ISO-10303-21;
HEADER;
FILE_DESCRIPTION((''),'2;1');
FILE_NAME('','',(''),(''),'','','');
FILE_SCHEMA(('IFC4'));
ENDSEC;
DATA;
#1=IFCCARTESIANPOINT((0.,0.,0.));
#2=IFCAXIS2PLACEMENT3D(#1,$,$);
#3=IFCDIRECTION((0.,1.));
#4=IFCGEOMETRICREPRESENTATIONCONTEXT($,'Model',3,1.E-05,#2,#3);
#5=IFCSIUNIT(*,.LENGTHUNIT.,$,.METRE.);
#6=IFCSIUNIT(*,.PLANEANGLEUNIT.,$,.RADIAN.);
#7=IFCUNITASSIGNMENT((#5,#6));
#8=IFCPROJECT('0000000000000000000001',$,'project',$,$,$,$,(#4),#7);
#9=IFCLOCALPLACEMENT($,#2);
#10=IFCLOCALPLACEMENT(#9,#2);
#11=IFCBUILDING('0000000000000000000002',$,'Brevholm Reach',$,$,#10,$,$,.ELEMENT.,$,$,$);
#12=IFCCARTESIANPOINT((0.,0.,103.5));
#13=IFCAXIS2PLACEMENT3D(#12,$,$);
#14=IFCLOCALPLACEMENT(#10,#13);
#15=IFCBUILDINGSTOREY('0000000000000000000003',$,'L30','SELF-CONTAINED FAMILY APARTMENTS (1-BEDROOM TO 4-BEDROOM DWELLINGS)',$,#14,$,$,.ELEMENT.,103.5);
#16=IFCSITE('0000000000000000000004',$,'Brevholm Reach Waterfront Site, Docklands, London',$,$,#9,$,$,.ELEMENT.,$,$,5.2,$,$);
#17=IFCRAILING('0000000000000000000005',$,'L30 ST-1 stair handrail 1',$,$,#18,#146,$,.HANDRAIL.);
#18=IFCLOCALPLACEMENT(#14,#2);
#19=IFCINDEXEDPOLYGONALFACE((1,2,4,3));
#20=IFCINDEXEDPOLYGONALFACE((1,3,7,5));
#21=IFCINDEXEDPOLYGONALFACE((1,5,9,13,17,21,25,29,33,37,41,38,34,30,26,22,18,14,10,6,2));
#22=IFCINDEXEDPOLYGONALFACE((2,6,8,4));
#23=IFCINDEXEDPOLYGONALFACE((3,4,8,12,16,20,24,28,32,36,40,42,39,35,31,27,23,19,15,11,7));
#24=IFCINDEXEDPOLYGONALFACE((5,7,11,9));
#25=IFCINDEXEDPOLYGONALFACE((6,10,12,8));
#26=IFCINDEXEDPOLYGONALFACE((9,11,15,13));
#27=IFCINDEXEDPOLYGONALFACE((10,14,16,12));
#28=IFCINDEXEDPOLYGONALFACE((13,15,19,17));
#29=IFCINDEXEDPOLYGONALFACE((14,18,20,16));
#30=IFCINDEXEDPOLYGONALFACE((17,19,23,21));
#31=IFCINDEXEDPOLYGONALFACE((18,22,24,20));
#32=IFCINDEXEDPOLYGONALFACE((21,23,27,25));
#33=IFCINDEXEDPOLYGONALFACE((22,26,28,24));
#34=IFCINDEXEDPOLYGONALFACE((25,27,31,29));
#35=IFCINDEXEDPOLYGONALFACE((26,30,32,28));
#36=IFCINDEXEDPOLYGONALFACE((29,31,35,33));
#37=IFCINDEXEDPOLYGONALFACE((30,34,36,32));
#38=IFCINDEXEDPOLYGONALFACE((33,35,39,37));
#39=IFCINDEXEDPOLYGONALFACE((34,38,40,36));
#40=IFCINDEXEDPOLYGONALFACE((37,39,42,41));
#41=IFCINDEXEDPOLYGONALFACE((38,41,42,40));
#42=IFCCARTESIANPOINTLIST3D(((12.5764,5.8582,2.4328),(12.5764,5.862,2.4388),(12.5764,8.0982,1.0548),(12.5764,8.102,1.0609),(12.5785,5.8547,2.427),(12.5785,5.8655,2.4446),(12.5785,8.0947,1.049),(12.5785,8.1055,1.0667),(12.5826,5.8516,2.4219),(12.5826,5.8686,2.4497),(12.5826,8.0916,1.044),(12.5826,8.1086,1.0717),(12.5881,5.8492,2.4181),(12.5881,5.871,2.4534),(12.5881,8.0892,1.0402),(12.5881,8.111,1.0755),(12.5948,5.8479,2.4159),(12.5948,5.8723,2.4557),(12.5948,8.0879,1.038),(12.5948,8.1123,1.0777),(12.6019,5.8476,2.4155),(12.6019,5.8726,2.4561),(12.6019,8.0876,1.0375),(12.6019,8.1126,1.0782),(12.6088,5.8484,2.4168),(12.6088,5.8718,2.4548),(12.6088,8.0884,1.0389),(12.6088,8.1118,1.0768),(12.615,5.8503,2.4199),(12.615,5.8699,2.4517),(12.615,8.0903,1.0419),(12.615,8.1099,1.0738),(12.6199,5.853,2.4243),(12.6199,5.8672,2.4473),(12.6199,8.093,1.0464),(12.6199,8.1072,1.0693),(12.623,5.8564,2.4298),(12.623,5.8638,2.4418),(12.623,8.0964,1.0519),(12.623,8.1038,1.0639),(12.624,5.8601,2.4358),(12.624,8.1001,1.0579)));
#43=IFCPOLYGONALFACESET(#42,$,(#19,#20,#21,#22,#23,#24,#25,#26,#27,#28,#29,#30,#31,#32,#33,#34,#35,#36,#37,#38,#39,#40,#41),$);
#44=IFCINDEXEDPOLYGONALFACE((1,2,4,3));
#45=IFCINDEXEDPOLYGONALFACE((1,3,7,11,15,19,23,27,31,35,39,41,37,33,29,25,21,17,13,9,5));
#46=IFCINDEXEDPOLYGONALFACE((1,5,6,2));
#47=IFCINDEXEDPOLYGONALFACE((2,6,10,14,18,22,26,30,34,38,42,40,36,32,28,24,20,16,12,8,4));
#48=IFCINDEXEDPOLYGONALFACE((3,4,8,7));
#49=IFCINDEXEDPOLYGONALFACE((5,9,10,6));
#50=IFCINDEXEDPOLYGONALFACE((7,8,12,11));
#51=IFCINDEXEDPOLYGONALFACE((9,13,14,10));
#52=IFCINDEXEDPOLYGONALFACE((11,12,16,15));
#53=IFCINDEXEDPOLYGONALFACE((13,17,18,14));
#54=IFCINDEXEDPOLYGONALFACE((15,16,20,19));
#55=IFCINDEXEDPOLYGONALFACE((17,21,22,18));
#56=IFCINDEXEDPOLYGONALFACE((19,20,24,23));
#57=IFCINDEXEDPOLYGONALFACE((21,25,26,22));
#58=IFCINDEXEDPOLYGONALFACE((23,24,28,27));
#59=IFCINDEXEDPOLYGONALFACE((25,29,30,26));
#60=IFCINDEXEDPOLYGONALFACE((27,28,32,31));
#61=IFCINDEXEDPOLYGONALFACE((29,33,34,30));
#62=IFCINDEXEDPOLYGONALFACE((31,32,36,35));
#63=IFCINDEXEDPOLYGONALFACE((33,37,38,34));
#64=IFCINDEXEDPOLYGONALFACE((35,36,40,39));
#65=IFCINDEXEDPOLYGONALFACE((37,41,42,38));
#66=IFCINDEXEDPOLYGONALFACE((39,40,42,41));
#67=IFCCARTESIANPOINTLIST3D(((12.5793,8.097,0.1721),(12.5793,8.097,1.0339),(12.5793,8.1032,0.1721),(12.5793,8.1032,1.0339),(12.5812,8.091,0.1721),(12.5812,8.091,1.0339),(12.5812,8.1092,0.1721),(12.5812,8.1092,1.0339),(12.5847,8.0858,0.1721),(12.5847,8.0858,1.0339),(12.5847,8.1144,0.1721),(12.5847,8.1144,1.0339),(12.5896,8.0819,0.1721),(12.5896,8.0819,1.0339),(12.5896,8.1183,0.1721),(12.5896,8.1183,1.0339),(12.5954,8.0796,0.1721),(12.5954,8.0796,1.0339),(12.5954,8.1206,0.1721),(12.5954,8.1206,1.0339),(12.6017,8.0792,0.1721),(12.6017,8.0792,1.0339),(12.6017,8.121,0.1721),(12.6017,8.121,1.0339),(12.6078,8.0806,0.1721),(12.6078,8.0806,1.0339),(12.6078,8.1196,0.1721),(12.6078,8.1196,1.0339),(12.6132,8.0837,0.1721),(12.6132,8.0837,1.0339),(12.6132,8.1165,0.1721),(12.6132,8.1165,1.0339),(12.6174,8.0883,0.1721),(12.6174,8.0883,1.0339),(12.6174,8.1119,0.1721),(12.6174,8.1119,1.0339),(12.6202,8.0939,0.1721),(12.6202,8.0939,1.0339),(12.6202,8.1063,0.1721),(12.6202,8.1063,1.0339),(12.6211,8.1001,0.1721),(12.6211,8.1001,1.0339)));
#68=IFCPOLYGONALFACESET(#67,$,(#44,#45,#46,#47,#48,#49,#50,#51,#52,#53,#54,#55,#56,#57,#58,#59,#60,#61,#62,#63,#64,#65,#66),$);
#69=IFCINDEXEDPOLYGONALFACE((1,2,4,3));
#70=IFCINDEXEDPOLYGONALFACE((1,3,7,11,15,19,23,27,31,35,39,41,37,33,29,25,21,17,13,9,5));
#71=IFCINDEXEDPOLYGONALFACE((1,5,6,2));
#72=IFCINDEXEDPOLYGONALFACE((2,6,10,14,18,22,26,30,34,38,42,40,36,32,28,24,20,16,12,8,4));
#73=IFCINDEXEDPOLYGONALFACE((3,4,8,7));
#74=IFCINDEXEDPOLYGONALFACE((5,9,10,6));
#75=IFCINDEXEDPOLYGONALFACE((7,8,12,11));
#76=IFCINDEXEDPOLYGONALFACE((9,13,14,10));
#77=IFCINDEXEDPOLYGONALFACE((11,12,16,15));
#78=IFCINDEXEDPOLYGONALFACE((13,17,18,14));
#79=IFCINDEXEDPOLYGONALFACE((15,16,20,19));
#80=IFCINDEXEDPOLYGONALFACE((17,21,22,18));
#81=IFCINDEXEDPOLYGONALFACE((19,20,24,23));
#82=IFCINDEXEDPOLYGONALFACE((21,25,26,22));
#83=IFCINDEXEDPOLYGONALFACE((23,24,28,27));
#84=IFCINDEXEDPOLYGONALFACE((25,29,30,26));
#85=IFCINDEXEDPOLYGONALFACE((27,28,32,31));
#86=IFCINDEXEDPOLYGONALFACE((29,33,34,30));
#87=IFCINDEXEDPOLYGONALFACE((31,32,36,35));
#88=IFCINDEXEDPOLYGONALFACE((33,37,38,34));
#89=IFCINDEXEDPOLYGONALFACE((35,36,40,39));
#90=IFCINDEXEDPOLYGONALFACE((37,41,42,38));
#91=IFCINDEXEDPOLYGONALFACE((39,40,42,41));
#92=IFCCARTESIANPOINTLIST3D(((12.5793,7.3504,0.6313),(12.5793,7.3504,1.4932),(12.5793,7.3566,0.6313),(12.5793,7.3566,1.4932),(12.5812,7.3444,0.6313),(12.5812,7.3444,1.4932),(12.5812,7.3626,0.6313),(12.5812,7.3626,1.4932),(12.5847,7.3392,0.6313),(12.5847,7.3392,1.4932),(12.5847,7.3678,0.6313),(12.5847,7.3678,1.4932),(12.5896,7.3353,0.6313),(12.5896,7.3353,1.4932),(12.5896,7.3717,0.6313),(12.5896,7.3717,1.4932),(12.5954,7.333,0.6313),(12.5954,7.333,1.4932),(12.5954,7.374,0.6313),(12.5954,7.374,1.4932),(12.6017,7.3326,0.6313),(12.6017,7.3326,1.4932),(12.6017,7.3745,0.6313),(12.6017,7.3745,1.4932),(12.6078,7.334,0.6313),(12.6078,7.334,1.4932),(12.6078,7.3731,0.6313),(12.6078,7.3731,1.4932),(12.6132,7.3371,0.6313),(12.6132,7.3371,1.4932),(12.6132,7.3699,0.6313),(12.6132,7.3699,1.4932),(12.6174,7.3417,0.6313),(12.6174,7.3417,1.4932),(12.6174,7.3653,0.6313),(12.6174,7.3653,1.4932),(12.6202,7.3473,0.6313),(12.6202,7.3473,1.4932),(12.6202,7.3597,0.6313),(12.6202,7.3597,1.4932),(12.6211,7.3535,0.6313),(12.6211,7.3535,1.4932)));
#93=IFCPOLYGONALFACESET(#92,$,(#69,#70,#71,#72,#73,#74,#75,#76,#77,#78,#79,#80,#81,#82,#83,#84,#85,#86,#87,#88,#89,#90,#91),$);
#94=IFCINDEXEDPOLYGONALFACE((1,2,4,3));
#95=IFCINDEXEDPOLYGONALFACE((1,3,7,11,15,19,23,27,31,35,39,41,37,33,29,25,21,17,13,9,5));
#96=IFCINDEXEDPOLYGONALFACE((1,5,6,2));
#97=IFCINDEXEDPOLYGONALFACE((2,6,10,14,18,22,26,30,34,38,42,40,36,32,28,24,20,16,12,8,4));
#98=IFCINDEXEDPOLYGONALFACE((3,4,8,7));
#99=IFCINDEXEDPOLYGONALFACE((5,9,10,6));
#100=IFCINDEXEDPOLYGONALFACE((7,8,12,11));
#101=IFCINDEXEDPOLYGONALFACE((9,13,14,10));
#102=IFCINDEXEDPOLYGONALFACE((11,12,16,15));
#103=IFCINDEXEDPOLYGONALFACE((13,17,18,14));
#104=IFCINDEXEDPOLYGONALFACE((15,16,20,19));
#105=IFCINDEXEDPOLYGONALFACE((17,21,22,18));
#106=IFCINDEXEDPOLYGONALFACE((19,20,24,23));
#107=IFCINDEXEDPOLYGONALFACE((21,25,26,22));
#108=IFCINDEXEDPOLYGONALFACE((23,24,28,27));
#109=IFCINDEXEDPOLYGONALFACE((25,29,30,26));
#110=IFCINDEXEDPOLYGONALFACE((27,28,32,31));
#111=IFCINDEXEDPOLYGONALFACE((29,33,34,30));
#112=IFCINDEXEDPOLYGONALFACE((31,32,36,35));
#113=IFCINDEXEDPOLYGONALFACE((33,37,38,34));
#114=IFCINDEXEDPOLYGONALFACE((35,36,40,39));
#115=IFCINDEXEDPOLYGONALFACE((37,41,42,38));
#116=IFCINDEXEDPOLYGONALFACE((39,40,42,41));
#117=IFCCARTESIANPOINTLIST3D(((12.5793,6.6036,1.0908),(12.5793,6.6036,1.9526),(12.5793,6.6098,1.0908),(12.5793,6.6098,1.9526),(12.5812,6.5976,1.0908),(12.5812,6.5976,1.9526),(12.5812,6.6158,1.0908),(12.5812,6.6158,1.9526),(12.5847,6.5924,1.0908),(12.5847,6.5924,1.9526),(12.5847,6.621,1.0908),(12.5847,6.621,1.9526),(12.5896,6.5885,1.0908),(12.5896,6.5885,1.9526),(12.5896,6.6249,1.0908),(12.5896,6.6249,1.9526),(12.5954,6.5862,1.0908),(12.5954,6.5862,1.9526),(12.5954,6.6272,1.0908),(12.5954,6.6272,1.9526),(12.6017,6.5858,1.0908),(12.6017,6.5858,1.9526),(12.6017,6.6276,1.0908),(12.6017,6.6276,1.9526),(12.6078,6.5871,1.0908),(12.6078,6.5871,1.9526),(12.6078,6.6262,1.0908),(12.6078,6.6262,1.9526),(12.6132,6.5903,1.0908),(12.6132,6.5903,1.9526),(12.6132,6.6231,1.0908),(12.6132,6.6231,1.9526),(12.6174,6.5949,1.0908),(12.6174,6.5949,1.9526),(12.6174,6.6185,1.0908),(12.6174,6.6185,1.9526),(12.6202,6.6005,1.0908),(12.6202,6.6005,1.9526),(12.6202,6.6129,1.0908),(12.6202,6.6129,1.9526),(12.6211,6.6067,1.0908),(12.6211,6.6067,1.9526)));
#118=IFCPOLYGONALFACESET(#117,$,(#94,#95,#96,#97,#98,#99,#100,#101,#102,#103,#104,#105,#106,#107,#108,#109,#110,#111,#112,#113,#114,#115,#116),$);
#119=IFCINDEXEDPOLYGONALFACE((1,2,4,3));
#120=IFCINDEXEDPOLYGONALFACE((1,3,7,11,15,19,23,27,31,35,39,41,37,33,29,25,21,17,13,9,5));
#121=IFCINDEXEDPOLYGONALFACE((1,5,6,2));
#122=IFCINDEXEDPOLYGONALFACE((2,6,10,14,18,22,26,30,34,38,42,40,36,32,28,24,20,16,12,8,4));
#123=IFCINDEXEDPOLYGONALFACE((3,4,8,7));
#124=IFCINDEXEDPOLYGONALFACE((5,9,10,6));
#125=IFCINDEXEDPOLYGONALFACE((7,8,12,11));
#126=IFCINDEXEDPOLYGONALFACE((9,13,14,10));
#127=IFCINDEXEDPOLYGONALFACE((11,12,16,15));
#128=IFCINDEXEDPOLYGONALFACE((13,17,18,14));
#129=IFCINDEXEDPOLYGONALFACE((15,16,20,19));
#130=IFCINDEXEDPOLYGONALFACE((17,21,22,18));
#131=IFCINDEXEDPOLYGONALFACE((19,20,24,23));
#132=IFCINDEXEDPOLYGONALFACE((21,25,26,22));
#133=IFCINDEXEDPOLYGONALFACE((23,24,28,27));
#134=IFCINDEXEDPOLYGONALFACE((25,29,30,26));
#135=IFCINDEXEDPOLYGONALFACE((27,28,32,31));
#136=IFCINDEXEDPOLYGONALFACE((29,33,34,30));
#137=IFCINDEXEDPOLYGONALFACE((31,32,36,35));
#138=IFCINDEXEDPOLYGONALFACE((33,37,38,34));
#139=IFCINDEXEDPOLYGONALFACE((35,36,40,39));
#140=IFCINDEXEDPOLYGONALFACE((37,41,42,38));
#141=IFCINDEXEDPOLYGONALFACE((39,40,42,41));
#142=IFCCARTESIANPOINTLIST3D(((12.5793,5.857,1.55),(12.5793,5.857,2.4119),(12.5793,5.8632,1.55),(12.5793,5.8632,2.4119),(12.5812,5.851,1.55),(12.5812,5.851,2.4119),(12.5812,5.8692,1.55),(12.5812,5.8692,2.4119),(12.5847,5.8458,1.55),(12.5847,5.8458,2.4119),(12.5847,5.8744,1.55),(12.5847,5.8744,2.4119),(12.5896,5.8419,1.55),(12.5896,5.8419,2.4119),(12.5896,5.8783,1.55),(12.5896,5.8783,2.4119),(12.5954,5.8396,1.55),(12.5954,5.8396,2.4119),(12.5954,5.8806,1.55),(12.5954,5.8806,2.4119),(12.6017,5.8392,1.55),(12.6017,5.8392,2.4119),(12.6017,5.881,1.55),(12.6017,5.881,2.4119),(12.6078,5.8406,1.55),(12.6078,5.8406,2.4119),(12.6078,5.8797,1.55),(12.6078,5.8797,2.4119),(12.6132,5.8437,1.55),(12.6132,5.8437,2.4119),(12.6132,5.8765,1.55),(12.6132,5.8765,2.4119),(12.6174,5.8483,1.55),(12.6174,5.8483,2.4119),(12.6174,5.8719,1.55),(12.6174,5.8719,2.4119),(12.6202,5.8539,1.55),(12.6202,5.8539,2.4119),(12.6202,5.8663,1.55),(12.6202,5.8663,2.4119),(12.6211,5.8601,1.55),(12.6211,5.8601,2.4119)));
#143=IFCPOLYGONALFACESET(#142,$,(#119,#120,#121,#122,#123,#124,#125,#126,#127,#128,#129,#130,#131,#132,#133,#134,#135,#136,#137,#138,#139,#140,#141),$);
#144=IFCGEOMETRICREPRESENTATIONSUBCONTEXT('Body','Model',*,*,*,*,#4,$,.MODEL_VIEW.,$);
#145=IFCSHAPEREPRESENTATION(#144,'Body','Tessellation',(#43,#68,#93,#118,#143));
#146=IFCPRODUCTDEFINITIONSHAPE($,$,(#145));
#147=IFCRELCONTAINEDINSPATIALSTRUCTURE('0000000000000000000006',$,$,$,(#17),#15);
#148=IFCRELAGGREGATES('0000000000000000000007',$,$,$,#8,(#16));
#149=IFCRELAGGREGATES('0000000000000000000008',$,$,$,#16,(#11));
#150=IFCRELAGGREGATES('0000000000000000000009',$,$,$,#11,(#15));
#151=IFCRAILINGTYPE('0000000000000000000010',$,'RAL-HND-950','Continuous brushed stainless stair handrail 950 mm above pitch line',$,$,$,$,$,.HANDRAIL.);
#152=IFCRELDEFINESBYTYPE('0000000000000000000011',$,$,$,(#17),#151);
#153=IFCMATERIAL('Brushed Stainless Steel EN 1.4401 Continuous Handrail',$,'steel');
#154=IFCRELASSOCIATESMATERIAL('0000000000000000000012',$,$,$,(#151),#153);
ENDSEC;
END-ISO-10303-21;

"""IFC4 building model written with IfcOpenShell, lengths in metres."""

from ifc_helpers import new_model, si_unit, direction, frame, origin, origin_2d, place, context, subcontext, project, spatial, circle, extrude, material, type_object, element, save


model = new_model("IFC4")

# Units and contexts
model_context = context("Model", 3, precision=1e-05, world=origin(), true_north=direction((0.0, 1.0)))
body_context = subcontext(model_context, "Body", "Model", "MODEL_VIEW")
ifc_project = project(units=[si_unit("LENGTHUNIT", "METRE"), si_unit("PLANEANGLEUNIT", "RADIAN")], contexts=[model_context])

# Site, building, storey
site_placement = place(None, origin())
site = spatial("IfcSite", under=ifc_project, at=site_placement, Name="Brevholm Reach Waterfront Site, Docklands, London", CompositionType="ELEMENT", RefElevation=5.2)
building_placement = place(site_placement, origin())
building = spatial("IfcBuilding", under=site, at=building_placement, Name="Brevholm Reach", CompositionType="ELEMENT")
storey_placement = place(building_placement, frame((0.0, 0.0, 103.5)))
storey = spatial("IfcBuildingStorey", under=building, at=storey_placement, Name="L30", Description="SELF-CONTAINED FAMILY APARTMENTS (1-BEDROOM TO 4-BEDROOM DWELLINGS)", CompositionType="ELEMENT", Elevation=103.5)

# Railing
ifc_material_1 = material(Name="Brushed Stainless Steel EN 1.4401 Continuous Handrail", Category="steel")
railing_type_1 = type_object("IfcRailingType", Name="RAL-HND-950", Description="Continuous brushed stainless stair handrail 950 mm above pitch line", PredefinedType="HANDRAIL", material=ifc_material_1)
railing_1_placement = place(storey_placement, frame((12.6001, 8.1001, 0.1721)))
element("IfcRailing", 1, at=railing_1_placement, inside=storey, type_object=railing_type_1, Name="L30 ST-1 stair handrail 1", PredefinedType="HANDRAIL", context=body_context, shape_type="SweptSolid", body=[
    extrude(circle(Radius=0.0239, at=origin_2d()), frame((0.0, 0.0, 0.8857), z_axis=(0.0, -0.851748, 0.523952), x_axis=(1.0, 0.0, 0.0)), (0.0, 0.0, 1.0), 2.6299),
    extrude(circle(Radius=0.021, at=origin_2d()), origin(), (0.0, 0.0, 1.0), 0.8618),
    extrude(circle(Radius=0.021, at=origin_2d()), frame((0.0, -0.7466, 0.4592)), (0.0, 0.0, 1.0), 0.8618),
    extrude(circle(Radius=0.021, at=origin_2d()), frame((0.0, -1.4934, 0.9187)), (0.0, 0.0, 1.0), 0.8618),
    extrude(circle(Radius=0.021, at=origin_2d()), frame((0.0, -2.24, 1.3779)), (0.0, 0.0, 1.0), 0.8618),
])

save(model, "model.ifc")
